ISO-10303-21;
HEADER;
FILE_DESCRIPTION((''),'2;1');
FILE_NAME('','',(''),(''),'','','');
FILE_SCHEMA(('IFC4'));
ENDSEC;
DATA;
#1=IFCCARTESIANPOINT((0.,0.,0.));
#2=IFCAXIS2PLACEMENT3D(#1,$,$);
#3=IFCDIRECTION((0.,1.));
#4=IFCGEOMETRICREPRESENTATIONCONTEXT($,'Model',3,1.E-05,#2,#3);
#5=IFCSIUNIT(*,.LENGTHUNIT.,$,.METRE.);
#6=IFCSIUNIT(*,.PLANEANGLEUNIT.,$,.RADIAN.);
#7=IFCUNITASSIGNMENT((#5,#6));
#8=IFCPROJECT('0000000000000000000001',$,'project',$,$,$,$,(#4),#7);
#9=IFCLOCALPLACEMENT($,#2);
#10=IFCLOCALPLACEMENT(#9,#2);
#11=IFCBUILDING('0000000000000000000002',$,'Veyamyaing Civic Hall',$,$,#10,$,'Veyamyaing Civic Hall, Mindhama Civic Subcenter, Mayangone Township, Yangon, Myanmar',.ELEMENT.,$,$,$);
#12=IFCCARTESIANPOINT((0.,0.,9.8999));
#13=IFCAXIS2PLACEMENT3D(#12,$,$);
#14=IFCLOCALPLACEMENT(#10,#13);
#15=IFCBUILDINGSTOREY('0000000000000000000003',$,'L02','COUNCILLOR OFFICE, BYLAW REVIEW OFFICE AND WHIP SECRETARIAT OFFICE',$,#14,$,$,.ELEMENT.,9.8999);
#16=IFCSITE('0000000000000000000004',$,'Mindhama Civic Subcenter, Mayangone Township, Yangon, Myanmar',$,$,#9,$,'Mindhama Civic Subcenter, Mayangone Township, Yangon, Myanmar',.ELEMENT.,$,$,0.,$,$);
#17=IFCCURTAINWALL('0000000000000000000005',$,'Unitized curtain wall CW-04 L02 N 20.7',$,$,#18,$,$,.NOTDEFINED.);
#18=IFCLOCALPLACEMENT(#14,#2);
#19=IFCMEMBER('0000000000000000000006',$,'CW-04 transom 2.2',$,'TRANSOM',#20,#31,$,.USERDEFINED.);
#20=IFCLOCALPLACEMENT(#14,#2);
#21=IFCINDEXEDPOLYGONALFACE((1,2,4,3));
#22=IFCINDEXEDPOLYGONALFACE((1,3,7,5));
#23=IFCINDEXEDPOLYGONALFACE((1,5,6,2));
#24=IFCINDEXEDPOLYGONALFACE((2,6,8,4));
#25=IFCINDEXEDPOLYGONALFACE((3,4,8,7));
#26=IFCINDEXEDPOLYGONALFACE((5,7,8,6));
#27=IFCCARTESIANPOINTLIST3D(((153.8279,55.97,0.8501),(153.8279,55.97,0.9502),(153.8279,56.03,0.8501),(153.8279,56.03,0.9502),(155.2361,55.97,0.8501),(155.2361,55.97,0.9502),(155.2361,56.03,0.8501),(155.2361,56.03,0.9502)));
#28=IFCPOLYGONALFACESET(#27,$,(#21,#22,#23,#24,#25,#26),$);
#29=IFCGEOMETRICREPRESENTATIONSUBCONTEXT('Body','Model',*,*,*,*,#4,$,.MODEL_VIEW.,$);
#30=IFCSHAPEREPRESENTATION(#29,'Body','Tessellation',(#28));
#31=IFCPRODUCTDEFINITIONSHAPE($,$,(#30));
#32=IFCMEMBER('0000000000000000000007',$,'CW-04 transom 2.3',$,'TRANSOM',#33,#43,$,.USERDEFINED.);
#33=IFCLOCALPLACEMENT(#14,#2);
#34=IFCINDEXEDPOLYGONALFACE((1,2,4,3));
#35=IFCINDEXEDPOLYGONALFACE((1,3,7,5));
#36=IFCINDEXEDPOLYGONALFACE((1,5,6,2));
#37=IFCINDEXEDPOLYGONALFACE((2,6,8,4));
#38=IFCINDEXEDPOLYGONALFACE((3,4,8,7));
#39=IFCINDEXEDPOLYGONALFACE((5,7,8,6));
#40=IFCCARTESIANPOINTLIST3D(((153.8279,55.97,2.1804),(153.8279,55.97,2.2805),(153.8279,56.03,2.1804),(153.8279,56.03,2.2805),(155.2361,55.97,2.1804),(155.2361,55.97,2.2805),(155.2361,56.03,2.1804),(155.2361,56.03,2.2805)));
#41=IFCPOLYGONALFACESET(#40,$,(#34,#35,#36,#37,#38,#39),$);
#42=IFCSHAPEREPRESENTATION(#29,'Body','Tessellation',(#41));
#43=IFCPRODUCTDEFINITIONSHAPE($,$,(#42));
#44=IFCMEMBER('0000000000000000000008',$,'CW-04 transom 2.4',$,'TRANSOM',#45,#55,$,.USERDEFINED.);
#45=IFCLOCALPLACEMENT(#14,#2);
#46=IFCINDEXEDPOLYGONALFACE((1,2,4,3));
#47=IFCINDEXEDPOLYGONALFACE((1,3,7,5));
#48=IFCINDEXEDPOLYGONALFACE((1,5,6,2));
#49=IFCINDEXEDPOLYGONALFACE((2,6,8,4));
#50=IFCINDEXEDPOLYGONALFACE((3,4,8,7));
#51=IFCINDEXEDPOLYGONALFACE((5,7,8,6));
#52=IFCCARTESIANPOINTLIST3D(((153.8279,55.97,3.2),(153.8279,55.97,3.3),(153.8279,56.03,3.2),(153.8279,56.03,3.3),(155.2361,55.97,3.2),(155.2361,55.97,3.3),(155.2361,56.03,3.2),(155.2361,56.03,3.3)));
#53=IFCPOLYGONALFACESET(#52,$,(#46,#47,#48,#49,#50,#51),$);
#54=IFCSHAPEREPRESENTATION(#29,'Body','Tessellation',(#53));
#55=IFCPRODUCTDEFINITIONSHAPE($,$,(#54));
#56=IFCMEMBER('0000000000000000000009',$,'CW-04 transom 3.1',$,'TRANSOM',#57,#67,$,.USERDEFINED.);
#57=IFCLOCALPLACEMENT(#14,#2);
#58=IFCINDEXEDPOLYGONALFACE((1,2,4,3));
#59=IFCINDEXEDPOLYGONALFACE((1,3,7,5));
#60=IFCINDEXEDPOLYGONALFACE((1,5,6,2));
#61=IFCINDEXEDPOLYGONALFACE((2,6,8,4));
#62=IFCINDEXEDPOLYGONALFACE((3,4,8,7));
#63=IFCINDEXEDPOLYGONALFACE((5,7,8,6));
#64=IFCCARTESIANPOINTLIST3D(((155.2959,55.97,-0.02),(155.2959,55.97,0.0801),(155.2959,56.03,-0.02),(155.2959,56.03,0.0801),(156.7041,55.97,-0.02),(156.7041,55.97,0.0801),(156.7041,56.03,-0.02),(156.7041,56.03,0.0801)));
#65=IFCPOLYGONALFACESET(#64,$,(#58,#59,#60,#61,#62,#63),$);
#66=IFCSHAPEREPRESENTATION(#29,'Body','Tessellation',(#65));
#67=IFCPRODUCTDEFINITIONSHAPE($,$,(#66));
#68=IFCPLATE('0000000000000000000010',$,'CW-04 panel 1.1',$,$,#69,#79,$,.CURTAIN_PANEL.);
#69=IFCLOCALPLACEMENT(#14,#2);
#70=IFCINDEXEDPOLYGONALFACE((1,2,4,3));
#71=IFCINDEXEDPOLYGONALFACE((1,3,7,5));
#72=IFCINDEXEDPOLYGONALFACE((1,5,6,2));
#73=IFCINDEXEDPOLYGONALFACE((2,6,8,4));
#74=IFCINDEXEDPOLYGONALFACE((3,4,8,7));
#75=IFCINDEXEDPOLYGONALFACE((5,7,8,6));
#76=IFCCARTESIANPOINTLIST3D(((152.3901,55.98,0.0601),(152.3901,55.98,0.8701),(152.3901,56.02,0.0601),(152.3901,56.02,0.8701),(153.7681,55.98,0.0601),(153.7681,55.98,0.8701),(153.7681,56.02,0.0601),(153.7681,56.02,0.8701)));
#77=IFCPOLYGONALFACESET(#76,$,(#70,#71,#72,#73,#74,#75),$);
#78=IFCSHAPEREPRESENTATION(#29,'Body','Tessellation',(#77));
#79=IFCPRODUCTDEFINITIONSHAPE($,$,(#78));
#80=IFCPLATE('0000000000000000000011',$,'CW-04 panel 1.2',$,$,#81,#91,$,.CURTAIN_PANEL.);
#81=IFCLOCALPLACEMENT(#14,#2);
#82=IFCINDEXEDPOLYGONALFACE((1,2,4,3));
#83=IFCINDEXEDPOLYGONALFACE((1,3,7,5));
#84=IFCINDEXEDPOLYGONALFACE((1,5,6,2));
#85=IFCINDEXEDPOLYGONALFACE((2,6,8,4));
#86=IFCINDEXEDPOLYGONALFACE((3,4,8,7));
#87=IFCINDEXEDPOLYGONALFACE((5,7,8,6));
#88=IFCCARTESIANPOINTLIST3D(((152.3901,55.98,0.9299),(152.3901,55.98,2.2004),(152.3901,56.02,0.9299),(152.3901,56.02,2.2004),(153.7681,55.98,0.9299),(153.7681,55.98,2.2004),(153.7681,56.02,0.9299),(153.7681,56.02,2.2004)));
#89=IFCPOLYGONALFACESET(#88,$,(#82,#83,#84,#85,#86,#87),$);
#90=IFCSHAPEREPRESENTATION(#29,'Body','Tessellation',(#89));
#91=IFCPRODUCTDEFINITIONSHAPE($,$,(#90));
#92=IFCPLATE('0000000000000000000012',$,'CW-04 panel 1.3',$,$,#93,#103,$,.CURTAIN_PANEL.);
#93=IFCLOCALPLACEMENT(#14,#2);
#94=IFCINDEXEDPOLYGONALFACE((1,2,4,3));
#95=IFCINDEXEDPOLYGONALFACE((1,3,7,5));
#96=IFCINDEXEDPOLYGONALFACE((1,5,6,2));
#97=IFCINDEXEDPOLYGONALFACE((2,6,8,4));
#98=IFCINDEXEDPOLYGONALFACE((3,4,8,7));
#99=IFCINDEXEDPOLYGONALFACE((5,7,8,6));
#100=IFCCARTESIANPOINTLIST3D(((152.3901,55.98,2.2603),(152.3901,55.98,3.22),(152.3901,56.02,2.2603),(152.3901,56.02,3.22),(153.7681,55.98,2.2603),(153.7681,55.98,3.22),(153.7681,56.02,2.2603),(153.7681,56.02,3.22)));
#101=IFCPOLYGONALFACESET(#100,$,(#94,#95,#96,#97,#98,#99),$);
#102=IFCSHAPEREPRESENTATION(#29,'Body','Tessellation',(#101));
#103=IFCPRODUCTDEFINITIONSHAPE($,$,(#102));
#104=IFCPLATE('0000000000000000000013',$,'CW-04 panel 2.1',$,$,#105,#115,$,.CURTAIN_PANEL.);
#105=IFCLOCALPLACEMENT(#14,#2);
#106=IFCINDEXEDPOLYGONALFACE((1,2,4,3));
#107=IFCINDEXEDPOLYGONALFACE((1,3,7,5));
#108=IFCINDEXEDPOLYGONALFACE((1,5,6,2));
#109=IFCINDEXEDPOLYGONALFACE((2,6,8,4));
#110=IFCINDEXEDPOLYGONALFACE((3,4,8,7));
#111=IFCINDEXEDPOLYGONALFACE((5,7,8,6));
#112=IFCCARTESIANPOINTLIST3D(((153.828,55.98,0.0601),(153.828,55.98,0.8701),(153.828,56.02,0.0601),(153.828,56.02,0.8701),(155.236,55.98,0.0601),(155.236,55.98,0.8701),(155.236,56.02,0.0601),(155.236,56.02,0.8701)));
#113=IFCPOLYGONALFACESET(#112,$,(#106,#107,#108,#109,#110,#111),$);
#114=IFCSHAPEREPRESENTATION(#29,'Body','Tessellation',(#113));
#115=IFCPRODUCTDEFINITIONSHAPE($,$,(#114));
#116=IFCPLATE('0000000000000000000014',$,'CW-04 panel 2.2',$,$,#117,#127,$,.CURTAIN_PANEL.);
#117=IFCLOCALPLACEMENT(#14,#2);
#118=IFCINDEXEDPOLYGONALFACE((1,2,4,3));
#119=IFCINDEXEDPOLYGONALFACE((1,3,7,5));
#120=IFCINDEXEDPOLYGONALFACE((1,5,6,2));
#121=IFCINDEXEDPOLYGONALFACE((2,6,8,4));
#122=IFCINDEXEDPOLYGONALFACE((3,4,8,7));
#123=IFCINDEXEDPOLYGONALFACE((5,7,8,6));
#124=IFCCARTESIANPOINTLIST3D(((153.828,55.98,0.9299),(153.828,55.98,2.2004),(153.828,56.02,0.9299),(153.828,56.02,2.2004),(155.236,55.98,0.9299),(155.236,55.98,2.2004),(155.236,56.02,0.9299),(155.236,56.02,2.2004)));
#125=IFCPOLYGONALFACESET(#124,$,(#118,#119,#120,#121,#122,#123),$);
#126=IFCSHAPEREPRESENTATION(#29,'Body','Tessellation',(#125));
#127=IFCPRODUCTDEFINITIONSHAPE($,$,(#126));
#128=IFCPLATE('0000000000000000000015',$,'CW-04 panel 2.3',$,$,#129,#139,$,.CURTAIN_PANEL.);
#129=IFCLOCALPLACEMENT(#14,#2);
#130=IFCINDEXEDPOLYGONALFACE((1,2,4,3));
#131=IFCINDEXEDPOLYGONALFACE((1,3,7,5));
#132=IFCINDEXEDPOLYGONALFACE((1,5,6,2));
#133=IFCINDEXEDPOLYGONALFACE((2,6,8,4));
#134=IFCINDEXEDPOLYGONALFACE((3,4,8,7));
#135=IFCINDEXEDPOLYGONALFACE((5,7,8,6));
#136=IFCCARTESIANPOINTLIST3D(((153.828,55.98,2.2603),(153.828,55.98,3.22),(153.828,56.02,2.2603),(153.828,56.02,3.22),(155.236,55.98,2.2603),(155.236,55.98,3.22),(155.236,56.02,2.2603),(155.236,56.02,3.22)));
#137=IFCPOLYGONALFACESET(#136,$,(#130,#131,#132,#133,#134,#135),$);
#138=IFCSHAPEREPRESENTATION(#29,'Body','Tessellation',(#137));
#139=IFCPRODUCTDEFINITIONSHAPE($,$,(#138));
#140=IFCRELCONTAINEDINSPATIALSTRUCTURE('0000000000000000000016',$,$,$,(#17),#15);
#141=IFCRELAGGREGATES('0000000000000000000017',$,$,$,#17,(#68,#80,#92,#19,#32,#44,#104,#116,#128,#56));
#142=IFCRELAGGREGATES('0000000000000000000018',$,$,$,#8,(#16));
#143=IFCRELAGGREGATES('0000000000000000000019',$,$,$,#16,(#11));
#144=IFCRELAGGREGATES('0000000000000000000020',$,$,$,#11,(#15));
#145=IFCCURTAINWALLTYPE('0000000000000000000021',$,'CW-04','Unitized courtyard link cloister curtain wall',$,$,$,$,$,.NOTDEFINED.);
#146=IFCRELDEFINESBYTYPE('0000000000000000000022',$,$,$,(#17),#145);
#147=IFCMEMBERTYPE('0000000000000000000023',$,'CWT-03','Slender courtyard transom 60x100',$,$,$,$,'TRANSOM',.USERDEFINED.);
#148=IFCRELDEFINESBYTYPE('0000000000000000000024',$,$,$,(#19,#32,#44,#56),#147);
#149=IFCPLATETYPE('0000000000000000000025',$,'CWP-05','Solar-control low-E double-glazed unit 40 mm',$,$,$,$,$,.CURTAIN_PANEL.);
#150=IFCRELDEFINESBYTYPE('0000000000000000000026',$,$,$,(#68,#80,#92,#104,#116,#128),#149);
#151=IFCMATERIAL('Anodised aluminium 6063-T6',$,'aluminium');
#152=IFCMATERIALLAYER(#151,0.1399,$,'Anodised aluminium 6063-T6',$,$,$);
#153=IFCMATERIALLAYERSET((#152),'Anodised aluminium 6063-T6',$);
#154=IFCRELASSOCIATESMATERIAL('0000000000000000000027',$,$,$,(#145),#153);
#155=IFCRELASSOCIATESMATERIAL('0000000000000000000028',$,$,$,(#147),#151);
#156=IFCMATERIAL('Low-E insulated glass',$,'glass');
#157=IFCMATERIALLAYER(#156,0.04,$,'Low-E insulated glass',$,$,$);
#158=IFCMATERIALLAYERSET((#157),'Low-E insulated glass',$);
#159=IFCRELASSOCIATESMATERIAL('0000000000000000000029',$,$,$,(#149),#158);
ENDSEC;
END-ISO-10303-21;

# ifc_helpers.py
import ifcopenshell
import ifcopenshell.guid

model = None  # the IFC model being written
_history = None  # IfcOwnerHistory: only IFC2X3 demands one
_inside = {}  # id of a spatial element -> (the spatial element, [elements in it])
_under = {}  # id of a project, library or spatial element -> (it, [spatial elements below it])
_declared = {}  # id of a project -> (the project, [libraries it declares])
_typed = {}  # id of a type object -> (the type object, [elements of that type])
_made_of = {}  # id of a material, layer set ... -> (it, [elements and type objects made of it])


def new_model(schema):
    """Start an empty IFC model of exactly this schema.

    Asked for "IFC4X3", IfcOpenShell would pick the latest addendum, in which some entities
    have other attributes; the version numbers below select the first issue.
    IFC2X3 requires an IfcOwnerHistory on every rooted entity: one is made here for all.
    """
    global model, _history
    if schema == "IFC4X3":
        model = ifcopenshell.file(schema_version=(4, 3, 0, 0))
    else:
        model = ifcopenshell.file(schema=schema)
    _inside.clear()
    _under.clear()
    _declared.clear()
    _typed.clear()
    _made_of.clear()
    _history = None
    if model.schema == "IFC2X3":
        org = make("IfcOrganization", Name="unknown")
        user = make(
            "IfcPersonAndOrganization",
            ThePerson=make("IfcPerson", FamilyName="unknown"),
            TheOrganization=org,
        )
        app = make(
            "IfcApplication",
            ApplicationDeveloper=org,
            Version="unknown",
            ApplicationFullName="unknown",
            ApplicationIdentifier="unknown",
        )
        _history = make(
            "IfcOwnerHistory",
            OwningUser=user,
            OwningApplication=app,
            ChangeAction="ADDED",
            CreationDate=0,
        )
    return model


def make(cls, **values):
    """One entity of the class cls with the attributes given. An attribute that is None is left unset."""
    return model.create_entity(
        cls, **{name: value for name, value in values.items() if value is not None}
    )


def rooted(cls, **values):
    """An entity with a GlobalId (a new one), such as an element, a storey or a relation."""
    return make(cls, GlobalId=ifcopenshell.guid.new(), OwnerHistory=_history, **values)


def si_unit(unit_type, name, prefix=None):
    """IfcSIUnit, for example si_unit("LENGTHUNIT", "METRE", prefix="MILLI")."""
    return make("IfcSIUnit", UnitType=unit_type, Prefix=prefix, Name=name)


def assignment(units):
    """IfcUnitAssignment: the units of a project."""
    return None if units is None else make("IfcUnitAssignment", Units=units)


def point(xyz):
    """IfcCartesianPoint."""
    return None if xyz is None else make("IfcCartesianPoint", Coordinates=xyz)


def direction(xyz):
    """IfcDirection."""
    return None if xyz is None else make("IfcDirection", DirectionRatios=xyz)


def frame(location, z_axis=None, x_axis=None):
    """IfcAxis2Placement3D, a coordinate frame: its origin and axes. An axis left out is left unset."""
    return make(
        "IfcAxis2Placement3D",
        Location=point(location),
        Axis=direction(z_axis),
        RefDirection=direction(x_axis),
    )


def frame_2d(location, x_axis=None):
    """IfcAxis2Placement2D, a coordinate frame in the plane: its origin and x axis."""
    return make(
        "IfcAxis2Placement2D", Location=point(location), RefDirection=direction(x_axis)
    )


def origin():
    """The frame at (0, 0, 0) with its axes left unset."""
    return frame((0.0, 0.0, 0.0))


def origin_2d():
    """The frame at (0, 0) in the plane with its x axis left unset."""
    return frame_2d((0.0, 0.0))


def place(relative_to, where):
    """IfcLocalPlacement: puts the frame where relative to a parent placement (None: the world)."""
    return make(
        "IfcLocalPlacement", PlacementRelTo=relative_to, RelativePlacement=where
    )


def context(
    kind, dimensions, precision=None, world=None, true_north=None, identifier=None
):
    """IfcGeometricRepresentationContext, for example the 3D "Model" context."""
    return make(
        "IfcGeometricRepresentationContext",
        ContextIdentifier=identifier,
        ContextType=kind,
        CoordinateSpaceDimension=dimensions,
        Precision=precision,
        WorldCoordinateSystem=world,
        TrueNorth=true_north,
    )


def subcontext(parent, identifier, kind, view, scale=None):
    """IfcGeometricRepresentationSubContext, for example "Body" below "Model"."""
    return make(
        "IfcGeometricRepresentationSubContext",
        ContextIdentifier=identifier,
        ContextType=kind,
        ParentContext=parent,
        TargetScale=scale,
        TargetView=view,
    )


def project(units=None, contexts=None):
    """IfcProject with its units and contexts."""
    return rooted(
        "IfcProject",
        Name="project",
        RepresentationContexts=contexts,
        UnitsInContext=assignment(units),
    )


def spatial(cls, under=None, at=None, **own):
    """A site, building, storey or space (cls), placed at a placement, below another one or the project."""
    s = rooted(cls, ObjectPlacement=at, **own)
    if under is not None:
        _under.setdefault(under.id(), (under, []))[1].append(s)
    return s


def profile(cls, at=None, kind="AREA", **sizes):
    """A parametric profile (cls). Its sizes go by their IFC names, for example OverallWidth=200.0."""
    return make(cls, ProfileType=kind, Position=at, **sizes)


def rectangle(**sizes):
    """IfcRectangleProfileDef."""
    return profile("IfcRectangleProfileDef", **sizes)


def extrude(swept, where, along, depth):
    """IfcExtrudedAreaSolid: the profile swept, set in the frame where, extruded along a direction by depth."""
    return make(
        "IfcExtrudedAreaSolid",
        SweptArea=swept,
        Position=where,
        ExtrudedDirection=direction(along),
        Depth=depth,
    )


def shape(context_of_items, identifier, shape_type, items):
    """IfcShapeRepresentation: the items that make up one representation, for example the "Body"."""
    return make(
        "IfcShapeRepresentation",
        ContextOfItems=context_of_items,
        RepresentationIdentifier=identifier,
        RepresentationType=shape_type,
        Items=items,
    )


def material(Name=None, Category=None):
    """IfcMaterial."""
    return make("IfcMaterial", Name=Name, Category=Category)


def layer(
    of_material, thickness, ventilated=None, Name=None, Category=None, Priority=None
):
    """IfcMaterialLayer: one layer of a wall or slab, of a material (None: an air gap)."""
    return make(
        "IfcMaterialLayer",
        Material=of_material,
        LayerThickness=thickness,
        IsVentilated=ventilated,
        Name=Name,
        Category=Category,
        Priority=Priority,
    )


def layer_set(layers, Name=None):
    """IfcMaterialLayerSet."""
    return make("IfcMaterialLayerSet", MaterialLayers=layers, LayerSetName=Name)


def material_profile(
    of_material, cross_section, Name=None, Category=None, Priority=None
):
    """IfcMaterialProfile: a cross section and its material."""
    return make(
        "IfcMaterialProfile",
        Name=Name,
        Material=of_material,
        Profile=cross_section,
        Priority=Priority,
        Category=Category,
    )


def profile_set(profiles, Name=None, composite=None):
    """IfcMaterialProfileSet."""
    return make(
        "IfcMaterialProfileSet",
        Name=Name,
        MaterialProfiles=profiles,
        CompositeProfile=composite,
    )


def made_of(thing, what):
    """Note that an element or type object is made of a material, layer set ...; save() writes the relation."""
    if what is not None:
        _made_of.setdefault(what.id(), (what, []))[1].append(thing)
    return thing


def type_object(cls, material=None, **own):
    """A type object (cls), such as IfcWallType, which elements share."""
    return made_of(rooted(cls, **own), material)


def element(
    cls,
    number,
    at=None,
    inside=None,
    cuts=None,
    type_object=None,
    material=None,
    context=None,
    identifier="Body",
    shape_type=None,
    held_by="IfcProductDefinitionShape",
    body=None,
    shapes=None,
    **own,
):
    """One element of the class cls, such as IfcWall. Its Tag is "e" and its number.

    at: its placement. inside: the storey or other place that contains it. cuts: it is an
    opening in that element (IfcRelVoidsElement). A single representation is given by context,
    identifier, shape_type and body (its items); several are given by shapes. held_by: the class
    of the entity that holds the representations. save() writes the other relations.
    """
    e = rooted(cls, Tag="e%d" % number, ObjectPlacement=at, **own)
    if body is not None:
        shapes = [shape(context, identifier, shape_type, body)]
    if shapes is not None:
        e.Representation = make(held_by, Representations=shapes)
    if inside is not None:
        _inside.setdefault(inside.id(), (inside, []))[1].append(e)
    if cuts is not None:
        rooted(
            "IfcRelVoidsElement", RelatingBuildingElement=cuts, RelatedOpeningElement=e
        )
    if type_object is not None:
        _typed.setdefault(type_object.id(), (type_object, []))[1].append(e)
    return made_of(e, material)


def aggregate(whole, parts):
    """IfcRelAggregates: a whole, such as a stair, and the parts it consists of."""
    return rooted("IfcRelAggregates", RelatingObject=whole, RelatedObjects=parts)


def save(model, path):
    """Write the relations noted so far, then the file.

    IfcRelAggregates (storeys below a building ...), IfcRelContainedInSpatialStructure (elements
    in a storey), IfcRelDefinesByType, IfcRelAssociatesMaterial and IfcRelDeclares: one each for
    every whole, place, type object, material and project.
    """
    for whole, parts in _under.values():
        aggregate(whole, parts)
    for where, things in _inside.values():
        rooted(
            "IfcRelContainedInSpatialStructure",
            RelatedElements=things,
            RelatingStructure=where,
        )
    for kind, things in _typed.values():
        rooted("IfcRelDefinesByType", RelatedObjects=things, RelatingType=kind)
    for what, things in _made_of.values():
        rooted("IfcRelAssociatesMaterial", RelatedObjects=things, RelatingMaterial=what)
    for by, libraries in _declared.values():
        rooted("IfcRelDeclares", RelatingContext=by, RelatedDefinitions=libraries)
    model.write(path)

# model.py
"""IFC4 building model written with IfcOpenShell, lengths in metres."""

from ifc_helpers import new_model, si_unit, direction, frame, origin, origin_2d, place, context, subcontext, project, spatial, rectangle, extrude, material, layer, layer_set, material_profile, profile_set, type_object, element, aggregate, save


model = new_model("IFC4")

# Units and contexts
model_context = context("Model", 3, precision=1e-05, world=origin(), true_north=direction((0.0, 1.0)))
body_context = subcontext(model_context, "Body", "Model", "MODEL_VIEW")
ifc_project = project(units=[si_unit("LENGTHUNIT", "METRE"), si_unit("PLANEANGLEUNIT", "RADIAN")], contexts=[model_context])

# Site, building, storey
site_placement = place(None, origin())
site = spatial("IfcSite", under=ifc_project, at=site_placement, Name="Mindhama Civic Subcenter, Mayangone Township, Yangon, Myanmar", LongName="Mindhama Civic Subcenter, Mayangone Township, Yangon, Myanmar", CompositionType="ELEMENT", RefElevation=0.0)
building_placement = place(site_placement, origin())
building = spatial("IfcBuilding", under=site, at=building_placement, Name="Veyamyaing Civic Hall", LongName="Veyamyaing Civic Hall, Mindhama Civic Subcenter, Mayangone Township, Yangon, Myanmar", CompositionType="ELEMENT")
storey_placement = place(building_placement, frame((0.0, 0.0, 9.8999)))
storey = spatial("IfcBuildingStorey", under=building, at=storey_placement, Name="L02", Description="COUNCILLOR OFFICE, BYLAW REVIEW OFFICE AND WHIP SECRETARIAT OFFICE", CompositionType="ELEMENT", Elevation=9.8999)

# Shared definitions
ifc_material_1 = material(Name="Anodised aluminium 6063-T6", Category="aluminium")
ifc_layer_1 = layer(ifc_material_1, 0.1399, Name="Anodised aluminium 6063-T6")
ifc_layer_set_1 = layer_set([ifc_layer_1], Name="Anodised aluminium 6063-T6")
curtain_wall_type = type_object("IfcCurtainWallType", Name="CW-04", Description="Unitized courtyard link cloister curtain wall", PredefinedType="NOTDEFINED", material=ifc_layer_set_1)

# Curtain wall, members, plates
curtain_wall_1_placement = place(storey_placement, origin())
curtain_wall_1 = element("IfcCurtainWall", 1, at=curtain_wall_1_placement, inside=storey, type_object=curtain_wall_type, Name="Unitized curtain wall CW-04 L02 N 20.7", PredefinedType="NOTDEFINED")
ifc_material_profile_1 = material_profile(ifc_material_1, rectangle(XDim=0.0601, YDim=0.1001, at=origin_2d()), Name="ALU-TRN-60X100")
ifc_profile_set_1 = profile_set([ifc_material_profile_1], Name="Anodised aluminium 6063-T6")
member_type_1 = type_object("IfcMemberType", Name="CWT-03", Description="Slender courtyard transom 60x100", ElementType="TRANSOM", PredefinedType="USERDEFINED", material=ifc_profile_set_1)
member_1_placement = place(storey_placement, frame((153.8279, 56.0, 0.9001), z_axis=(1.0, 0.0, 0.0), x_axis=(0.0, 1.0, 0.0)))
member_1 = element("IfcMember", 2, at=member_1_placement, type_object=member_type_1, Name="CW-04 transom 2.2", ObjectType="TRANSOM", PredefinedType="USERDEFINED", context=body_context, shape_type="SweptSolid", body=[
    extrude(rectangle(XDim=0.0601, YDim=0.1001, at=origin_2d()), origin(), (0.0, 0.0, 1.0), 1.4082),
])
member_2_placement = place(storey_placement, frame((153.8279, 56.0, 2.2305), z_axis=(1.0, 0.0, 0.0), x_axis=(0.0, 1.0, 0.0)))
member_2 = element("IfcMember", 3, at=member_2_placement, type_object=member_type_1, Name="CW-04 transom 2.3", ObjectType="TRANSOM", PredefinedType="USERDEFINED", context=body_context, shape_type="SweptSolid", body=[
    extrude(rectangle(XDim=0.0601, YDim=0.1001, at=origin_2d()), origin(), (0.0, 0.0, 1.0), 1.4082),
])
member_3_placement = place(storey_placement, frame((153.8279, 56.0, 3.25), z_axis=(1.0, 0.0, 0.0), x_axis=(0.0, 1.0, 0.0)))
member_3 = element("IfcMember", 4, at=member_3_placement, type_object=member_type_1, Name="CW-04 transom 2.4", ObjectType="TRANSOM", PredefinedType="USERDEFINED", context=body_context, shape_type="SweptSolid", body=[
    extrude(rectangle(XDim=0.0601, YDim=0.1001, at=origin_2d()), origin(), (0.0, 0.0, 1.0), 1.4082),
])
member_4_placement = place(storey_placement, frame((155.2959, 56.0, 0.03), z_axis=(1.0, 0.0, 0.0), x_axis=(0.0, 1.0, 0.0)))
member_4 = element("IfcMember", 5, at=member_4_placement, type_object=member_type_1, Name="CW-04 transom 3.1", ObjectType="TRANSOM", PredefinedType="USERDEFINED", context=body_context, shape_type="SweptSolid", body=[
    extrude(rectangle(XDim=0.0601, YDim=0.1001, at=origin_2d()), origin(), (0.0, 0.0, 1.0), 1.4082),
])
ifc_material_2 = material(Name="Low-E insulated glass", Category="glass")
ifc_layer_2 = layer(ifc_material_2, 0.04, Name="Low-E insulated glass")
ifc_layer_set_2 = layer_set([ifc_layer_2], Name="Low-E insulated glass")
plate_type = type_object("IfcPlateType", Name="CWP-05", Description="Solar-control low-E double-glazed unit 40 mm", PredefinedType="CURTAIN_PANEL", material=ifc_layer_set_2)
plate_1_placement = place(storey_placement, frame((153.0791, 56.0, 0.0601), z_axis=(0.0, 0.0, 1.0), x_axis=(1.0, 0.0, 0.0)))
plate_1 = element("IfcPlate", 6, at=plate_1_placement, type_object=plate_type, Name="CW-04 panel 1.1", PredefinedType="CURTAIN_PANEL", context=body_context, shape_type="SweptSolid", body=[
    extrude(rectangle(XDim=1.3779, YDim=0.04, at=origin_2d()), origin(), (0.0, 0.0, 1.0), 0.8101),
])
plate_2_placement = place(storey_placement, frame((153.0791, 56.0, 0.9299), z_axis=(0.0, 0.0, 1.0), x_axis=(1.0, 0.0, 0.0)))
plate_2 = element("IfcPlate", 7, at=plate_2_placement, type_object=plate_type, Name="CW-04 panel 1.2", PredefinedType="CURTAIN_PANEL", context=body_context, shape_type="SweptSolid", body=[
    extrude(rectangle(XDim=1.3779, YDim=0.04, at=origin_2d()), origin(), (0.0, 0.0, 1.0), 1.2705),
])
plate_3_placement = place(storey_placement, frame((153.0791, 56.0, 2.2603), z_axis=(0.0, 0.0, 1.0), x_axis=(1.0, 0.0, 0.0)))
plate_3 = element("IfcPlate", 8, at=plate_3_placement, type_object=plate_type, Name="CW-04 panel 1.3", PredefinedType="CURTAIN_PANEL", context=body_context, shape_type="SweptSolid", body=[
    extrude(rectangle(XDim=1.3779, YDim=0.04, at=origin_2d()), origin(), (0.0, 0.0, 1.0), 0.9597),
])
plate_4_placement = place(storey_placement, frame((154.532, 56.0, 0.0601), z_axis=(0.0, 0.0, 1.0), x_axis=(1.0, 0.0, 0.0)))
plate_4 = element("IfcPlate", 9, at=plate_4_placement, type_object=plate_type, Name="CW-04 panel 2.1", PredefinedType="CURTAIN_PANEL", context=body_context, shape_type="SweptSolid", body=[
    extrude(rectangle(XDim=1.408, YDim=0.04, at=origin_2d()), origin(), (0.0, 0.0, 1.0), 0.8101),
])
plate_5_placement = place(storey_placement, frame((154.532, 56.0, 0.9299), z_axis=(0.0, 0.0, 1.0), x_axis=(1.0, 0.0, 0.0)))
plate_5 = element("IfcPlate", 10, at=plate_5_placement, type_object=plate_type, Name="CW-04 panel 2.2", PredefinedType="CURTAIN_PANEL", context=body_context, shape_type="SweptSolid", body=[
    extrude(rectangle(XDim=1.408, YDim=0.04, at=origin_2d()), origin(), (0.0, 0.0, 1.0), 1.2705),
])
plate_6_placement = place(storey_placement, frame((154.532, 56.0, 2.2603), z_axis=(0.0, 0.0, 1.0), x_axis=(1.0, 0.0, 0.0)))
plate_6 = element("IfcPlate", 11, at=plate_6_placement, type_object=plate_type, Name="CW-04 panel 2.3", PredefinedType="CURTAIN_PANEL", context=body_context, shape_type="SweptSolid", body=[
    extrude(rectangle(XDim=1.408, YDim=0.04, at=origin_2d()), origin(), (0.0, 0.0, 1.0), 0.9597),
])
aggregate(curtain_wall_1, [plate_1, plate_2, plate_3, member_1, member_2, member_3, plate_4, plate_5, plate_6, member_4])

save(model, "model.ifc")
